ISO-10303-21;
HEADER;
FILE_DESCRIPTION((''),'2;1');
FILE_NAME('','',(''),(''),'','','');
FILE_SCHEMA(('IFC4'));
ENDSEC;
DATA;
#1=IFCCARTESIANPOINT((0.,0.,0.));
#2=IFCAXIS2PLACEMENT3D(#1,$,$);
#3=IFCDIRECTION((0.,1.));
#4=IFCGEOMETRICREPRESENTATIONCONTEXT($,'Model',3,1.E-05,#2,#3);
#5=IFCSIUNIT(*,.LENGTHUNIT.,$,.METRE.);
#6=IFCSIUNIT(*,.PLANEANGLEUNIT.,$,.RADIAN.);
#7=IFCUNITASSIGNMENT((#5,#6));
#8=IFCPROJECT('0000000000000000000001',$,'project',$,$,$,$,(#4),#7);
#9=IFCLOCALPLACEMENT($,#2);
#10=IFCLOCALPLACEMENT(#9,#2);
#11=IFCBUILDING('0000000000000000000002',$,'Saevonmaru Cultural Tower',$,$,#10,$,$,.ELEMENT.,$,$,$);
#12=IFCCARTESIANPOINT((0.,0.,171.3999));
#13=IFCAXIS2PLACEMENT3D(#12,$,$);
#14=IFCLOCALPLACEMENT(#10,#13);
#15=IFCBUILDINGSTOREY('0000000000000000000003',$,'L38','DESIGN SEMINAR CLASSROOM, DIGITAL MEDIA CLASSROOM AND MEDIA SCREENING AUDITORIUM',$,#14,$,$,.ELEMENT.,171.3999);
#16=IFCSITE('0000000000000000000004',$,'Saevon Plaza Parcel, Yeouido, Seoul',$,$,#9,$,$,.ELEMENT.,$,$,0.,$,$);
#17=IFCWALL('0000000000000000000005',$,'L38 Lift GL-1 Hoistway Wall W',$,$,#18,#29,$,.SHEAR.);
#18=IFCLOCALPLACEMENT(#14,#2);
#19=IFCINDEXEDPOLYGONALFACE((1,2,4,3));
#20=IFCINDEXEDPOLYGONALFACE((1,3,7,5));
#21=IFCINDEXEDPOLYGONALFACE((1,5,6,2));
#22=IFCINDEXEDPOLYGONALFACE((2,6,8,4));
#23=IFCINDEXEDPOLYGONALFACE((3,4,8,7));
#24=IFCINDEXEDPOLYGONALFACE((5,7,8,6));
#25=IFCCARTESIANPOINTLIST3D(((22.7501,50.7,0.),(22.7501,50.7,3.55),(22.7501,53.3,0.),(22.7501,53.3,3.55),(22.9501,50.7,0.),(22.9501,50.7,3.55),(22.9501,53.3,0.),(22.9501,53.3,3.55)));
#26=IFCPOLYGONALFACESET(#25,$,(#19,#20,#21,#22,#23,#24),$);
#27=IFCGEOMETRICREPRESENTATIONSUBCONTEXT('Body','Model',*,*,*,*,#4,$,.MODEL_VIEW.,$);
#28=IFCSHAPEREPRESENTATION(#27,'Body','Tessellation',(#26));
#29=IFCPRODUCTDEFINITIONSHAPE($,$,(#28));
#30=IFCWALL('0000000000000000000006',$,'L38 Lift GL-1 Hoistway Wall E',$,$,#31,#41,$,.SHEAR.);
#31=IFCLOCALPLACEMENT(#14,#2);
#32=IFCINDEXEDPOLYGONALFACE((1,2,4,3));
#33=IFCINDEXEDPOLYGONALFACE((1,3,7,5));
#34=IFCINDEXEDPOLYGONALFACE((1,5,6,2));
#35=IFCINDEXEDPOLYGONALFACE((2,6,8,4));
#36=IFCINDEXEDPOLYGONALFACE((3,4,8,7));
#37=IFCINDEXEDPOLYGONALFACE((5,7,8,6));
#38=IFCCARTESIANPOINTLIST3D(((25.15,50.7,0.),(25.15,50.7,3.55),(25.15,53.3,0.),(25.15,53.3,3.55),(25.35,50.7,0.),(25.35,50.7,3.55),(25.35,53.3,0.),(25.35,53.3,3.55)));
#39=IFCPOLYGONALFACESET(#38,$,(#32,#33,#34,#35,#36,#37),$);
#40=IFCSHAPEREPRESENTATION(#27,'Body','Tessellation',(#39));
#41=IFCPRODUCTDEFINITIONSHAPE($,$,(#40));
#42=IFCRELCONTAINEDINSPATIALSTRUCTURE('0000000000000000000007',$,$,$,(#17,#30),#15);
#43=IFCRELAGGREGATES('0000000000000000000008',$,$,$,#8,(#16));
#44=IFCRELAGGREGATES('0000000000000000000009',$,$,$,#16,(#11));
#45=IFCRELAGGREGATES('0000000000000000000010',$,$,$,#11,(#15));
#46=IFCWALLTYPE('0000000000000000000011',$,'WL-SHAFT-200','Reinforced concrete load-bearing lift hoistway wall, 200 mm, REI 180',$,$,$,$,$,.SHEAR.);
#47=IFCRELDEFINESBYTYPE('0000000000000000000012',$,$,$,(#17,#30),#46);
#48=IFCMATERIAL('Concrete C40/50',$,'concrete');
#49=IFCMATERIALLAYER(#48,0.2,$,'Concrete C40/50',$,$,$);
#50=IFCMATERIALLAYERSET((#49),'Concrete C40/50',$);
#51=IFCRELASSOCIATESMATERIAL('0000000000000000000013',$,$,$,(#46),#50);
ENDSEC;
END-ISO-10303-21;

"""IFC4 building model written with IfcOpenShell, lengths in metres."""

from ifc_helpers import new_model, si_unit, direction, frame, frame_2d, origin, place, context, subcontext, project, spatial, rectangle, extrude, material, layer, layer_set, type_object, element, save


model = new_model("IFC4")

# Units and contexts
model_context = context("Model", 3, precision=1e-05, world=origin(), true_north=direction((0.0, 1.0)))
body_context = subcontext(model_context, "Body", "Model", "MODEL_VIEW")
ifc_project = project(units=[si_unit("LENGTHUNIT", "METRE"), si_unit("PLANEANGLEUNIT", "RADIAN")], contexts=[model_context])

# Site, building, storey
site_placement = place(None, origin())
site = spatial("IfcSite", under=ifc_project, at=site_placement, Name="Saevon Plaza Parcel, Yeouido, Seoul", CompositionType="ELEMENT", RefElevation=0.0)
building_placement = place(site_placement, origin())
building = spatial("IfcBuilding", under=site, at=building_placement, Name="Saevonmaru Cultural Tower", CompositionType="ELEMENT")
storey_placement = place(building_placement, frame((0.0, 0.0, 171.3999)))
storey = spatial("IfcBuildingStorey", under=building, at=storey_placement, Name="L38", Description="DESIGN SEMINAR CLASSROOM, DIGITAL MEDIA CLASSROOM AND MEDIA SCREENING AUDITORIUM", CompositionType="ELEMENT", Elevation=171.3999)

# Walls
ifc_material_1 = material(Name="Concrete C40/50", Category="concrete")
ifc_layer_1 = layer(ifc_material_1, 0.2, Name="Concrete C40/50")
ifc_layer_set_1 = layer_set([ifc_layer_1], Name="Concrete C40/50")
wall_type_1 = type_object("IfcWallType", Name="WL-SHAFT-200", Description="Reinforced concrete load-bearing lift hoistway wall, 200 mm, REI 180", PredefinedType="SHEAR", material=ifc_layer_set_1)
for number, where, z_axis, x_axis, name in (
    (1, (22.8501, 50.7, 0.0), (0.0, 0.0, 1.0), (0.0, 1.0, 0.0), "L38 Lift GL-1 Hoistway Wall W"),
    (2, (25.25, 50.7, 0.0), (0.0, 0.0, 1.0), (0.0, 1.0, 0.0), "L38 Lift GL-1 Hoistway Wall E"),
):
    element("IfcWall", number, at=place(storey_placement, frame(where, z_axis=z_axis, x_axis=x_axis)), inside=storey, type_object=wall_type_1, Name=name, PredefinedType="SHEAR", context=body_context, shape_type="SweptSolid", body=[
        extrude(rectangle(XDim=2.6001, YDim=0.2, at=frame_2d((1.3, 0.0))), origin(), (0.0, 0.0, 1.0), 3.55),
    ])

save(model, "model.ifc")
